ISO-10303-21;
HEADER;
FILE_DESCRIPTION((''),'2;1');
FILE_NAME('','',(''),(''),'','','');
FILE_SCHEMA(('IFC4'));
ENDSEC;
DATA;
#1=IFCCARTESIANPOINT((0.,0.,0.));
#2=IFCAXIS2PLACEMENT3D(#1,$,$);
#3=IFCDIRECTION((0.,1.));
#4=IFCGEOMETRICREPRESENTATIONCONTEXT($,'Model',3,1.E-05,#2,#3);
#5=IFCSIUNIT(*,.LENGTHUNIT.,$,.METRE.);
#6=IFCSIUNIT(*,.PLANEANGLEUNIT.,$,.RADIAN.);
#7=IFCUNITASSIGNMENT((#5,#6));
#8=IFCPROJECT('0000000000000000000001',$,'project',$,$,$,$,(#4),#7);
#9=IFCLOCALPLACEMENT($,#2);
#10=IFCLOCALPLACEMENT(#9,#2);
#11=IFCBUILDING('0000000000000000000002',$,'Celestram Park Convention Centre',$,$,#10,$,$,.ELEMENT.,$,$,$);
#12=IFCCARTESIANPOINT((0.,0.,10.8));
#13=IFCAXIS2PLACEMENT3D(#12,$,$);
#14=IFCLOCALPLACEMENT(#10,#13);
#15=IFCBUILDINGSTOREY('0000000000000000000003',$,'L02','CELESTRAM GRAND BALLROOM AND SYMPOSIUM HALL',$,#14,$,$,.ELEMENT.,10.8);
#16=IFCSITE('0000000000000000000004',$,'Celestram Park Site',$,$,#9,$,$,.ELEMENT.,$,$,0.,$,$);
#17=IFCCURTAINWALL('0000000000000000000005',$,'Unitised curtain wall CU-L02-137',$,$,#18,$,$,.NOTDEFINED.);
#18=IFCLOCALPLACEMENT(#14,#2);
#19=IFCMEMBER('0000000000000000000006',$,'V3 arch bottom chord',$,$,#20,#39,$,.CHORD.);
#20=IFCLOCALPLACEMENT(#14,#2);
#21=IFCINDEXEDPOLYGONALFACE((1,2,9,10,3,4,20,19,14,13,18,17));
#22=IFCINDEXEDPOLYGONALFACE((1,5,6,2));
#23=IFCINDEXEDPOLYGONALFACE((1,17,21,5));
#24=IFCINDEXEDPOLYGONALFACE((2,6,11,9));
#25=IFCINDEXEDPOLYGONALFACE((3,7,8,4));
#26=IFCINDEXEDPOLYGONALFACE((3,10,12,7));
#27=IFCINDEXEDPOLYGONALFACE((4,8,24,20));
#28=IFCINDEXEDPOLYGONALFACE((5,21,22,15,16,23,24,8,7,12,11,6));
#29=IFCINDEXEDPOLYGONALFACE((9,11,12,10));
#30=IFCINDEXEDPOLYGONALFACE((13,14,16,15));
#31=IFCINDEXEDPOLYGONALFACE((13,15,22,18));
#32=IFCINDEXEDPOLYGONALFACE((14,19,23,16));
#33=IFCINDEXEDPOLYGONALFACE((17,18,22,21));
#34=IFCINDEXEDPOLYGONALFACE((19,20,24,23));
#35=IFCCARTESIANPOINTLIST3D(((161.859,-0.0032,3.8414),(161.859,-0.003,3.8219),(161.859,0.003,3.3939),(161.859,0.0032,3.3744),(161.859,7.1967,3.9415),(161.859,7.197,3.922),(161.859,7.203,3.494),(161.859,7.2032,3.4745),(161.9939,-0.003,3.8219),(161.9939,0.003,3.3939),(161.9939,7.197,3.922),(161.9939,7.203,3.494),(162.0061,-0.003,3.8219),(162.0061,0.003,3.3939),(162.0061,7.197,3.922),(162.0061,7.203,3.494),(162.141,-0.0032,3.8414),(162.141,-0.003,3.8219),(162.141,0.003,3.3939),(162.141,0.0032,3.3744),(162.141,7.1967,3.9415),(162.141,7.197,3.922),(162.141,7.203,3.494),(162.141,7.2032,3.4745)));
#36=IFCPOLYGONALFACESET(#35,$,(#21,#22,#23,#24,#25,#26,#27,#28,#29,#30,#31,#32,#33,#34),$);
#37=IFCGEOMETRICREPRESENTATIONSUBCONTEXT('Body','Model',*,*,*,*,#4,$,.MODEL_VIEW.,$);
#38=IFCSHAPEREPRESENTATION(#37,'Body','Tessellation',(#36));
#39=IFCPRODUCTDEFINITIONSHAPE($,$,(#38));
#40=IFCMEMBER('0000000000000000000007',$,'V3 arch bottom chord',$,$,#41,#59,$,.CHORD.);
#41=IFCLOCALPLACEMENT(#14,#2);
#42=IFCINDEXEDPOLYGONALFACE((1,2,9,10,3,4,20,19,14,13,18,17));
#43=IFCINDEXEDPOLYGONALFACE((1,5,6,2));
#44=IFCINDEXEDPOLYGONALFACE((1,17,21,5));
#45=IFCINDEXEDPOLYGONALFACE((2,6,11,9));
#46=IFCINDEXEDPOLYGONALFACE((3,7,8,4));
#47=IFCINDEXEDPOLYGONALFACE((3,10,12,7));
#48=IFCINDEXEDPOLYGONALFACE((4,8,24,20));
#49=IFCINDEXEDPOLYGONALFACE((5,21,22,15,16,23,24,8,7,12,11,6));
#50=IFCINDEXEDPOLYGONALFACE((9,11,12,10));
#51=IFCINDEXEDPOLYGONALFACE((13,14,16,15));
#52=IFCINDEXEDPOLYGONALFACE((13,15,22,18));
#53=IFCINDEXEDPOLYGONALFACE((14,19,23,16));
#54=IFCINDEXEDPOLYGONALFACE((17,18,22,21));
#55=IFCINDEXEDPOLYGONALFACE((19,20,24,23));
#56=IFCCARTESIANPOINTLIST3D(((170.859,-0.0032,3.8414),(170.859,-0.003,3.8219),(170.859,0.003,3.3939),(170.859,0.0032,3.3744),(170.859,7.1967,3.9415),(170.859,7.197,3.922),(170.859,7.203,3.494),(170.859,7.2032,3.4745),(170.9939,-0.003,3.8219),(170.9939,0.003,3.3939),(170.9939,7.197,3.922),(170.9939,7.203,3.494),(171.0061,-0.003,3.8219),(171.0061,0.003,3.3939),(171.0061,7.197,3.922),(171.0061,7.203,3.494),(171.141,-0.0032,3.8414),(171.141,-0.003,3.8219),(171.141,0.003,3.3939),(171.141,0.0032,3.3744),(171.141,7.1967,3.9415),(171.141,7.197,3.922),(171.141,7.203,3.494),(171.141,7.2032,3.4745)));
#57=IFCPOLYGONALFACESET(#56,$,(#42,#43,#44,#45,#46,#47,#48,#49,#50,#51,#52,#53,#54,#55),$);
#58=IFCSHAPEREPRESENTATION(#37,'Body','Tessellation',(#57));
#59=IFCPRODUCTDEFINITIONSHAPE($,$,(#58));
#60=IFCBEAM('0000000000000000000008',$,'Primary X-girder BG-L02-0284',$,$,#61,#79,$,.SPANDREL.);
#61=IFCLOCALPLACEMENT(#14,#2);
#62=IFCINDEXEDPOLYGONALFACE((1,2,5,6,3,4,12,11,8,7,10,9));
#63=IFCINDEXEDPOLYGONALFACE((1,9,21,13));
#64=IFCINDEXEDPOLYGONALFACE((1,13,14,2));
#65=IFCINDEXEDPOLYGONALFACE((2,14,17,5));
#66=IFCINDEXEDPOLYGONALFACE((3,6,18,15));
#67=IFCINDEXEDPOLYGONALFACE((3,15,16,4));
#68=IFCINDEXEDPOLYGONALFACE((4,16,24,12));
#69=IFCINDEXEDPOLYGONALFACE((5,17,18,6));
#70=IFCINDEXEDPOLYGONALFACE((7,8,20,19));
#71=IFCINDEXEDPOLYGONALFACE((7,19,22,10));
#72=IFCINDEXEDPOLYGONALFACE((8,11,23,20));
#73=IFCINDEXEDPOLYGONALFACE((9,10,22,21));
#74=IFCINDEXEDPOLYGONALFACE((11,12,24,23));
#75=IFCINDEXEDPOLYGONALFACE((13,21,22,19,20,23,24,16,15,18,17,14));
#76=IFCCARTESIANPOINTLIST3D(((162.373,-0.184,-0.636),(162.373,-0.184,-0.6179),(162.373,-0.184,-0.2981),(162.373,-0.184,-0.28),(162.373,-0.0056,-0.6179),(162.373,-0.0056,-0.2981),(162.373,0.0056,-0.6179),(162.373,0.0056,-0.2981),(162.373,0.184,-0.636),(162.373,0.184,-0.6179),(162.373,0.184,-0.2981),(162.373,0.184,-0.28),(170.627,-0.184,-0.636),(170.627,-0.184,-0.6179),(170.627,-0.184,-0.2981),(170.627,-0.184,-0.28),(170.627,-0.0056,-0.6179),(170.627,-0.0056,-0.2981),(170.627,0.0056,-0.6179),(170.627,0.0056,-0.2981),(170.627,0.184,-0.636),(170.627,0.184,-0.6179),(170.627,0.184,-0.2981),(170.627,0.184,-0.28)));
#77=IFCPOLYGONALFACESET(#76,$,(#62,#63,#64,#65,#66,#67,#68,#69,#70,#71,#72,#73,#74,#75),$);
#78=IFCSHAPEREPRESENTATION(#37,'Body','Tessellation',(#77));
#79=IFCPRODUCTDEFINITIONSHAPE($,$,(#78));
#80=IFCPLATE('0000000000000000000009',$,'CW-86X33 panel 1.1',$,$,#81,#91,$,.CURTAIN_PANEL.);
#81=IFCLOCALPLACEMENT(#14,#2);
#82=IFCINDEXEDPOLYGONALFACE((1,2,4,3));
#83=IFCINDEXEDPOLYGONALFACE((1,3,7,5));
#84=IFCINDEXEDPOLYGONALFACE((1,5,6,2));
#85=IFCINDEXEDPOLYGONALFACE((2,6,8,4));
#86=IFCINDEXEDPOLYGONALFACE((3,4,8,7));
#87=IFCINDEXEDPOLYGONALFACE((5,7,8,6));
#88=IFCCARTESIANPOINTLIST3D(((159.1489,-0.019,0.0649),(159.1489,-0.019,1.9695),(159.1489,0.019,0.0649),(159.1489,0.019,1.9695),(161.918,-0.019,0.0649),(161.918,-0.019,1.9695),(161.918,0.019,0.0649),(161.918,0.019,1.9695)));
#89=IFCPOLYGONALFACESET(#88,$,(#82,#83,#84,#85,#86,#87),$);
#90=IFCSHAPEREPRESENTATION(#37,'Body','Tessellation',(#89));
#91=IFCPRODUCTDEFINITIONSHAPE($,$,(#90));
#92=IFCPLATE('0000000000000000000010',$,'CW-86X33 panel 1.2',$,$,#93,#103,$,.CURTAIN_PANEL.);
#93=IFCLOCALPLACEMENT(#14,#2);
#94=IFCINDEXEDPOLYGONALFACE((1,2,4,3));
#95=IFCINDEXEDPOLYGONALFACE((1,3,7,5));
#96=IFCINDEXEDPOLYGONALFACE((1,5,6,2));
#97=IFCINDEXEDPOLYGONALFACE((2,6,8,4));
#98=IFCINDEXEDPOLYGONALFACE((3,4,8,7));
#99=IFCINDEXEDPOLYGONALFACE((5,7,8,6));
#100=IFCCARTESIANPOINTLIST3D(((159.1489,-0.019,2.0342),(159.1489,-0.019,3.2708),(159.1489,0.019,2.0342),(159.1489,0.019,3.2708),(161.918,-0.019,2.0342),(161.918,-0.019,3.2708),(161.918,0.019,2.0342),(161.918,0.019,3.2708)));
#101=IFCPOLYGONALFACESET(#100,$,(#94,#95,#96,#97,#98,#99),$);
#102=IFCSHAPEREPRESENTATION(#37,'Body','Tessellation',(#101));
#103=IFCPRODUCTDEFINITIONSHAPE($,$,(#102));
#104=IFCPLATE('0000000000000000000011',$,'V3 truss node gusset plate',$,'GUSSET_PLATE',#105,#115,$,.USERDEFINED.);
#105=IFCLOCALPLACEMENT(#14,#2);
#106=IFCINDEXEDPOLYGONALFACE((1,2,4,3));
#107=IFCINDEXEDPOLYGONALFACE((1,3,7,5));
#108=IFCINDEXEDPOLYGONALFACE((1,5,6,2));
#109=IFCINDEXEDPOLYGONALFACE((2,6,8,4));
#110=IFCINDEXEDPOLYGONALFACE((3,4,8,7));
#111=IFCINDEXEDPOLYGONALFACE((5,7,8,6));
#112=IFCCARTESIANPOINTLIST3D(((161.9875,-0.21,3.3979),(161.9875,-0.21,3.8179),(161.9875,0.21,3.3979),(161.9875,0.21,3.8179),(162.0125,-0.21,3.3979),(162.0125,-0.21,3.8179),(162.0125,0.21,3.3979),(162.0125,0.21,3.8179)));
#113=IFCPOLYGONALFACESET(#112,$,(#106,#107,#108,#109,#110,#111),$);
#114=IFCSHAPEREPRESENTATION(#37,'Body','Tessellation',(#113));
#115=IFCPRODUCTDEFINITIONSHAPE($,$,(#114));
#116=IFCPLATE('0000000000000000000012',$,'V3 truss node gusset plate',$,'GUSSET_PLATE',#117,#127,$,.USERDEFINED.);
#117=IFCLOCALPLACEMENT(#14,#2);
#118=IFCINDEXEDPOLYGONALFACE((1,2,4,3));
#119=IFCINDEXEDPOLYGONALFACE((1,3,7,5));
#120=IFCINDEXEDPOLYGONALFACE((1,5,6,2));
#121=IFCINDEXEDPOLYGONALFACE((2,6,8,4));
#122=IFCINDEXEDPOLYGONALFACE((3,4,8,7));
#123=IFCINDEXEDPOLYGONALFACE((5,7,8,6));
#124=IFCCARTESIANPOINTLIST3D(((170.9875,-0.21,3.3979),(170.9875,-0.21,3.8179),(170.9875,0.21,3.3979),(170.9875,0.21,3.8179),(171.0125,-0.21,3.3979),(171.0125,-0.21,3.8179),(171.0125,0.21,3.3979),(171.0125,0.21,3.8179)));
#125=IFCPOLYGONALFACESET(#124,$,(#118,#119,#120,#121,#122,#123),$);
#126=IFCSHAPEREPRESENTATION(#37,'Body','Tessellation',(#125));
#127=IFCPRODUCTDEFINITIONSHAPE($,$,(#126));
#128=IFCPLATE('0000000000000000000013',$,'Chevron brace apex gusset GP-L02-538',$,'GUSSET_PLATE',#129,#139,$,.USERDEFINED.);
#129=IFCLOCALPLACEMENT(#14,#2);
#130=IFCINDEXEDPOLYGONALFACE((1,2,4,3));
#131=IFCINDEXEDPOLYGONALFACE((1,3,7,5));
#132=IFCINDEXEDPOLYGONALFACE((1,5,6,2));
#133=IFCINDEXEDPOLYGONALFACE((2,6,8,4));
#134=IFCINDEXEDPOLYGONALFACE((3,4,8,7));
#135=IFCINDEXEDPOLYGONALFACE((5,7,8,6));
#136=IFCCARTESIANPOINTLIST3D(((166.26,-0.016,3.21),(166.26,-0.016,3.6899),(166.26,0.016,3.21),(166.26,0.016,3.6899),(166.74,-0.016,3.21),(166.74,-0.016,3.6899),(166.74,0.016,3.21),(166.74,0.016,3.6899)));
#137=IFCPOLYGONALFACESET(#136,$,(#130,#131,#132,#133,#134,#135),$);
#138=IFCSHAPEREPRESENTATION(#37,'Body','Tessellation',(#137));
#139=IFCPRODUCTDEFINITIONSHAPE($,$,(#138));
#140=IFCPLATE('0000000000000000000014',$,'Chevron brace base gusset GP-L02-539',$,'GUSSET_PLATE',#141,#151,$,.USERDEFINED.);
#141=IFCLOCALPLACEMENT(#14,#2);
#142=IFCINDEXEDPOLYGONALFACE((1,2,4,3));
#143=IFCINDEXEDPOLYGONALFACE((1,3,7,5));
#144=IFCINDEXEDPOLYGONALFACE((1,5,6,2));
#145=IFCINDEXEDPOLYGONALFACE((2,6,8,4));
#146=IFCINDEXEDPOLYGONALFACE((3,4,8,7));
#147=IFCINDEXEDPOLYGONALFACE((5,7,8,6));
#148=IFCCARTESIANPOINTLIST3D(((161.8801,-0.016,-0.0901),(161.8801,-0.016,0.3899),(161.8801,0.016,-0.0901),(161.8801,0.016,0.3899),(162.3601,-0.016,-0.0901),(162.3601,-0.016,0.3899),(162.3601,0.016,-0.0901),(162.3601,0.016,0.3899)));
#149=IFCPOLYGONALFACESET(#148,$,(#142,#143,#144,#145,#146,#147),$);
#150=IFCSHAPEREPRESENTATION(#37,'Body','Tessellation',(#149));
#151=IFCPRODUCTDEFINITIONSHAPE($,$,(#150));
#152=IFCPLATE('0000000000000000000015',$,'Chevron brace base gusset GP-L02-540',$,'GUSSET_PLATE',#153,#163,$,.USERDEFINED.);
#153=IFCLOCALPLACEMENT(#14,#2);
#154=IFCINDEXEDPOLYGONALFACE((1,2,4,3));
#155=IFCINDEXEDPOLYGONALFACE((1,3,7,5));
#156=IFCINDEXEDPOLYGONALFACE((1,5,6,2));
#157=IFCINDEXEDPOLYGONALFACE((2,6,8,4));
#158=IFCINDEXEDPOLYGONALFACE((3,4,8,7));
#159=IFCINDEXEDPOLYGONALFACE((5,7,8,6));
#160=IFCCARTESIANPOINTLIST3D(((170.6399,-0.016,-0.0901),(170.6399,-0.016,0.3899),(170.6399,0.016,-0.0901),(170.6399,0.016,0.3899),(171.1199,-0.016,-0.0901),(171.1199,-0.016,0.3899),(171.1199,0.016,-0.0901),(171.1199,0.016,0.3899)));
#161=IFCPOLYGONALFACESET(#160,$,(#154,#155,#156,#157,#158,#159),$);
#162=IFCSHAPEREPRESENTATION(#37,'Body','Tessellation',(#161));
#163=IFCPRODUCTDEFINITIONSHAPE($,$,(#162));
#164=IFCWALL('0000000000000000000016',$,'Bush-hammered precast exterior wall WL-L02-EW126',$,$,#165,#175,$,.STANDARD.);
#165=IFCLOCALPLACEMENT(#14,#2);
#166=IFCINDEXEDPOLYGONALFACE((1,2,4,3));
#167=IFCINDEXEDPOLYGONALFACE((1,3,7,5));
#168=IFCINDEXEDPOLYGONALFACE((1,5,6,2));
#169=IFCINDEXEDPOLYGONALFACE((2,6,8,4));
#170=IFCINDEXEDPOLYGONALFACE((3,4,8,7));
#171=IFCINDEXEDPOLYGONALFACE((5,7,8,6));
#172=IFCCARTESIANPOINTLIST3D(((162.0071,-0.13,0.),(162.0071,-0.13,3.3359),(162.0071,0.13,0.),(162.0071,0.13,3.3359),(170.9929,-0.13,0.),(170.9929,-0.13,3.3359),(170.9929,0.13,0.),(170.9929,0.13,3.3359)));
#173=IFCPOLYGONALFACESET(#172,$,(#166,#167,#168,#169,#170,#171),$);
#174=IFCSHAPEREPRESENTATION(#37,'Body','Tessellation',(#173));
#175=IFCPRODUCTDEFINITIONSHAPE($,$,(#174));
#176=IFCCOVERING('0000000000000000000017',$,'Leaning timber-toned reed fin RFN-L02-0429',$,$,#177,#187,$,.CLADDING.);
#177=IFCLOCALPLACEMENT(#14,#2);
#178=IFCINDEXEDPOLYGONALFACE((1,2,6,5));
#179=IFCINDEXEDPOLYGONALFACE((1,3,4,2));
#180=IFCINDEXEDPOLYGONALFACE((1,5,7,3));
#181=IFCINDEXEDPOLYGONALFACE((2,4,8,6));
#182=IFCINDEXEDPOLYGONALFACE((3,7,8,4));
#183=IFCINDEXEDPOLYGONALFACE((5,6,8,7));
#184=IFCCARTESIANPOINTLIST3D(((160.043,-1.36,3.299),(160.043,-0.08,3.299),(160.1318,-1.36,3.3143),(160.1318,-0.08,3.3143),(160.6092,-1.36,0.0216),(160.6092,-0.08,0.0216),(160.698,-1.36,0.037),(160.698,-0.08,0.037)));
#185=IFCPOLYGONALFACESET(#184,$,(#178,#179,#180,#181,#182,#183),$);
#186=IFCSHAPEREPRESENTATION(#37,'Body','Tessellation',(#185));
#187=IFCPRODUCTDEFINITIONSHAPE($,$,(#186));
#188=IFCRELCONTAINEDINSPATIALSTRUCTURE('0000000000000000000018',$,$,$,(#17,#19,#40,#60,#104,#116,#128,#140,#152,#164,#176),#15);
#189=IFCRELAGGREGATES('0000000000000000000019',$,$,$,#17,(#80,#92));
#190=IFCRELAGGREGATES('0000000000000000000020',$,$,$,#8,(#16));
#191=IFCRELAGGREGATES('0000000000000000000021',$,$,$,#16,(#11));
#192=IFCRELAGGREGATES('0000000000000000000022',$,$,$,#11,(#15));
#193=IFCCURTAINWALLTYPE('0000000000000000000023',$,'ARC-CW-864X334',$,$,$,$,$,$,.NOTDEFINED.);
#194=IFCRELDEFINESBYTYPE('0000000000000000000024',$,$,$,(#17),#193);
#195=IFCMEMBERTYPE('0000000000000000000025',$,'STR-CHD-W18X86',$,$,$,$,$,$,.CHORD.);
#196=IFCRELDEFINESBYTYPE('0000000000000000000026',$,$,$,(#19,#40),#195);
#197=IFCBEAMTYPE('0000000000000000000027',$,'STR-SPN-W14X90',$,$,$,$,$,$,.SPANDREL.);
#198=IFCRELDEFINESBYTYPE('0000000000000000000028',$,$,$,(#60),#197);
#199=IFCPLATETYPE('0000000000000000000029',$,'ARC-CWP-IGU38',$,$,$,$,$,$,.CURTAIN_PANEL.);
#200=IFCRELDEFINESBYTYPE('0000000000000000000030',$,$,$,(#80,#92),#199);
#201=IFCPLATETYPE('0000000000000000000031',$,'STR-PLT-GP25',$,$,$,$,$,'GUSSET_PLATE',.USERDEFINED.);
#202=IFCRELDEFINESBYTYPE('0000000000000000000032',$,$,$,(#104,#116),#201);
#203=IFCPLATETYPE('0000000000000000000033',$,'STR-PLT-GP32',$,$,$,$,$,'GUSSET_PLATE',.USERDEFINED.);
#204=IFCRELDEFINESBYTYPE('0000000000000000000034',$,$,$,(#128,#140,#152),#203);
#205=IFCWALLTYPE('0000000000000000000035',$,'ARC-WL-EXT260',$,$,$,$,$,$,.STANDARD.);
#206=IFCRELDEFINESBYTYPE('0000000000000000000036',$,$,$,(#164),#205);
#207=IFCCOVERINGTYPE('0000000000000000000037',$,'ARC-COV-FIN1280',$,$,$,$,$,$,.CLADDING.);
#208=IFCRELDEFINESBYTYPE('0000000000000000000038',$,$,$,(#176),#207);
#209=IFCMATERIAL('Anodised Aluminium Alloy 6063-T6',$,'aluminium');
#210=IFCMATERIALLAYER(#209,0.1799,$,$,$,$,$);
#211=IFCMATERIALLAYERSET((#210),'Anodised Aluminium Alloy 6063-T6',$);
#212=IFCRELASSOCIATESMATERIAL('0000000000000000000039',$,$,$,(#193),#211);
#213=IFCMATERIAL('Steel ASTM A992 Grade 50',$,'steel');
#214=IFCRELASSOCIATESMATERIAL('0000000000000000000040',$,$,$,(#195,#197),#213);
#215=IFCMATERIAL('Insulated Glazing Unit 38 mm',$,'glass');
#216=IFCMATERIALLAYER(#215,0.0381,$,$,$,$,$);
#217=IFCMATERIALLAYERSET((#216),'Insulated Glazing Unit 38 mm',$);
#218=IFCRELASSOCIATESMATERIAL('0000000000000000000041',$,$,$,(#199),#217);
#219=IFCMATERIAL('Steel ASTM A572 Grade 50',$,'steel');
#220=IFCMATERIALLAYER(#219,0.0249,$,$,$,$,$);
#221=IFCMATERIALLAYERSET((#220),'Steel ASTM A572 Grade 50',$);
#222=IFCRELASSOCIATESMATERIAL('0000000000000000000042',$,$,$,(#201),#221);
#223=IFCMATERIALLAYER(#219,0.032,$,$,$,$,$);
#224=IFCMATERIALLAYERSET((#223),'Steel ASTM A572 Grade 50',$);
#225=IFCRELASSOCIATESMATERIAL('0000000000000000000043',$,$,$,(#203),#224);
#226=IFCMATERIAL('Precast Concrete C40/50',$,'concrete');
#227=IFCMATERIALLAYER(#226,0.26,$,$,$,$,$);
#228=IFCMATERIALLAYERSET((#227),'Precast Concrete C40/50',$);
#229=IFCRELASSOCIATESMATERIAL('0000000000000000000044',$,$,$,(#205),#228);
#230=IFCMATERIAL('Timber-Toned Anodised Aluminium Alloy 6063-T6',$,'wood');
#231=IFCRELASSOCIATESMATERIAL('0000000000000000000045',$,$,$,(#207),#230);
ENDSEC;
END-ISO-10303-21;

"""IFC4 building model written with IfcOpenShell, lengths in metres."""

from ifc_helpers import new_model, si_unit, direction, frame, frame_2d, origin, origin_2d, place, context, subcontext, project, spatial, rectangle, i_section, extrude, material, layer, layer_set, material_profile, profile_set, type_object, element, aggregate, save


model = new_model("IFC4")

# Units and contexts
model_context = context("Model", 3, precision=1e-05, world=origin(), true_north=direction((0.0, 1.0)))
body_context = subcontext(model_context, "Body", "Model", "MODEL_VIEW")
ifc_project = project(units=[si_unit("LENGTHUNIT", "METRE"), si_unit("PLANEANGLEUNIT", "RADIAN")], contexts=[model_context])

# Site, building, storey
site_placement = place(None, origin())
site = spatial("IfcSite", under=ifc_project, at=site_placement, Name="Celestram Park Site", CompositionType="ELEMENT", RefElevation=0.0)
building_placement = place(site_placement, origin())
building = spatial("IfcBuilding", under=site, at=building_placement, Name="Celestram Park Convention Centre", CompositionType="ELEMENT")
storey_placement = place(building_placement, frame((0.0, 0.0, 10.8)))
storey = spatial("IfcBuildingStorey", under=building, at=storey_placement, Name="L02", Description="CELESTRAM GRAND BALLROOM AND SYMPOSIUM HALL", CompositionType="ELEMENT", Elevation=10.8)

# Shared definitions
ifc_material_1 = material(Name="Steel ASTM A992 Grade 50", Category="steel")

# Curtain wall
ifc_material_2 = material(Name="Anodised Aluminium Alloy 6063-T6", Category="aluminium")
ifc_layer_1 = layer(ifc_material_2, 0.1799)
ifc_layer_set_1 = layer_set([ifc_layer_1], Name="Anodised Aluminium Alloy 6063-T6")
curtain_wall_type = type_object("IfcCurtainWallType", Name="ARC-CW-864X334", PredefinedType="NOTDEFINED", material=ifc_layer_set_1)
curtain_wall_placement = place(storey_placement, origin())
curtain_wall = element("IfcCurtainWall", 1, at=curtain_wall_placement, inside=storey, type_object=curtain_wall_type, Name="Unitised curtain wall CU-L02-137", PredefinedType="NOTDEFINED")

# Members
ifc_material_profile_1 = material_profile(ifc_material_1, i_section(OverallWidth=0.282, OverallDepth=0.467, WebThickness=0.0122, FlangeThickness=0.0195, at=origin_2d()), Name="W18X86")
ifc_profile_set_1 = profile_set([ifc_material_profile_1], Name="Steel ASTM A992 Grade 50")
member_type_1 = type_object("IfcMemberType", Name="STR-CHD-W18X86", PredefinedType="CHORD", material=ifc_profile_set_1)
for number, where, z_axis, x_axis, name in (
    (2, (162.0, 0.0, 3.6079), (0.0, 0.999903, 0.013901), (-1.0, 0.0, 0.0), "V3 arch bottom chord"),
    (3, (171.0, 0.0, 3.6079), (0.0, 0.999903, 0.013901), (-1.0, 0.0, 0.0), "V3 arch bottom chord"),
):
    element("IfcMember", number, at=place(storey_placement, frame(where, z_axis=z_axis, x_axis=x_axis)), inside=storey, type_object=member_type_1, Name=name, PredefinedType="CHORD", context=body_context, shape_type="SweptSolid", body=[
        extrude(i_section(OverallWidth=0.282, OverallDepth=0.467, WebThickness=0.0122, FlangeThickness=0.0195, at=origin_2d()), origin(), (0.0, 0.0, 1.0), 7.2007),
    ])

# Beam
ifc_material_profile_2 = material_profile(ifc_material_1, i_section(OverallWidth=0.3679, OverallDepth=0.356, WebThickness=0.0112, FlangeThickness=0.0181, at=origin_2d()), Name="W14X90")
ifc_profile_set_2 = profile_set([ifc_material_profile_2], Name="Steel ASTM A992 Grade 50")
beam_type_1 = type_object("IfcBeamType", Name="STR-SPN-W14X90", PredefinedType="SPANDREL", material=ifc_profile_set_2)
beam_1_placement = place(storey_placement, frame((162.373, 0.0, -0.458), z_axis=(1.0, 0.0, 0.0), x_axis=(0.0, 1.0, 0.0)))
element("IfcBeam", 4, at=beam_1_placement, inside=storey, type_object=beam_type_1, Name="Primary X-girder BG-L02-0284", PredefinedType="SPANDREL", context=body_context, shape_type="SweptSolid", body=[
    extrude(i_section(OverallWidth=0.3679, OverallDepth=0.356, WebThickness=0.0112, FlangeThickness=0.0181, at=origin_2d()), origin(), (0.0, 0.0, 1.0), 8.2539),
])

# Plates
ifc_material_3 = material(Name="Insulated Glazing Unit 38 mm", Category="glass")
ifc_layer_2 = layer(ifc_material_3, 0.0381)
ifc_layer_set_2 = layer_set([ifc_layer_2], Name="Insulated Glazing Unit 38 mm")
plate_type_1 = type_object("IfcPlateType", Name="ARC-CWP-IGU38", PredefinedType="CURTAIN_PANEL", material=ifc_layer_set_2)
plate_1_placement = place(storey_placement, frame((160.5334, 0.0, 0.0649), z_axis=(0.0, 0.0, 1.0), x_axis=(-1.0, 0.0, 0.0)))
plate_1 = element("IfcPlate", 5, at=plate_1_placement, type_object=plate_type_1, Name="CW-86X33 panel 1.1", PredefinedType="CURTAIN_PANEL", context=body_context, shape_type="SweptSolid", body=[
    extrude(rectangle(XDim=2.769, YDim=0.0381, at=origin_2d()), origin(), (0.0, 0.0, 1.0), 1.9045),
])
plate_2_placement = place(storey_placement, frame((160.5334, 0.0, 2.0342), z_axis=(0.0, 0.0, 1.0), x_axis=(-1.0, 0.0, 0.0)))
plate_2 = element("IfcPlate", 6, at=plate_2_placement, type_object=plate_type_1, Name="CW-86X33 panel 1.2", PredefinedType="CURTAIN_PANEL", context=body_context, shape_type="SweptSolid", body=[
    extrude(rectangle(XDim=2.769, YDim=0.0381, at=origin_2d()), origin(), (0.0, 0.0, 1.0), 1.2366),
])
aggregate(curtain_wall, [plate_1, plate_2])

# Plates
ifc_material_4 = material(Name="Steel ASTM A572 Grade 50", Category="steel")
ifc_layer_3 = layer(ifc_material_4, 0.0249)
ifc_layer_set_3 = layer_set([ifc_layer_3], Name="Steel ASTM A572 Grade 50")
plate_type_2 = type_object("IfcPlateType", Name="STR-PLT-GP25", ElementType="GUSSET_PLATE", PredefinedType="USERDEFINED", material=ifc_layer_set_3)
for number, where, z_axis, x_axis, name in (
    (7, (162.0, 0.0, 3.3979), (0.0, 0.0, 1.0), (0.0, 1.0, 0.0), "V3 truss node gusset plate"),
    (8, (171.0, 0.0, 3.3979), (0.0, 0.0, 1.0), (0.0, 1.0, 0.0), "V3 truss node gusset plate"),
):
    element("IfcPlate", number, at=place(storey_placement, frame(where, z_axis=z_axis, x_axis=x_axis)), inside=storey, type_object=plate_type_2, Name=name, ObjectType="GUSSET_PLATE", PredefinedType="USERDEFINED", context=body_context, shape_type="SweptSolid", body=[
        extrude(rectangle(XDim=0.4199, YDim=0.0249, at=origin_2d()), origin(), (0.0, 0.0, 1.0), 0.4199),
    ])
ifc_layer_4 = layer(ifc_material_4, 0.032)
ifc_layer_set_4 = layer_set([ifc_layer_4], Name="Steel ASTM A572 Grade 50")
plate_type_3 = type_object("IfcPlateType", Name="STR-PLT-GP32", ElementType="GUSSET_PLATE", PredefinedType="USERDEFINED", material=ifc_layer_set_4)
for number, where, z_axis, x_axis, name in (
    (9, (166.5, 0.0, 3.21), (0.0, 0.0, 1.0), (1.0, 0.0, 0.0), "Chevron brace apex gusset GP-L02-538"),
    (10, (162.1201, 0.0, -0.0901), (0.0, 0.0, 1.0), (1.0, 0.0, 0.0), "Chevron brace base gusset GP-L02-539"),
    (11, (170.8799, 0.0, -0.0901), (0.0, 0.0, 1.0), (1.0, 0.0, 0.0), "Chevron brace base gusset GP-L02-540"),
):
    element("IfcPlate", number, at=place(storey_placement, frame(where, z_axis=z_axis, x_axis=x_axis)), inside=storey, type_object=plate_type_3, Name=name, ObjectType="GUSSET_PLATE", PredefinedType="USERDEFINED", context=body_context, shape_type="SweptSolid", body=[
        extrude(rectangle(XDim=0.48, YDim=0.032, at=origin_2d()), origin(), (0.0, 0.0, 1.0), 0.48),
    ])

# Wall
ifc_material_5 = material(Name="Precast Concrete C40/50", Category="concrete")
ifc_layer_5 = layer(ifc_material_5, 0.26)
ifc_layer_set_5 = layer_set([ifc_layer_5], Name="Precast Concrete C40/50")
wall_type = type_object("IfcWallType", Name="ARC-WL-EXT260", PredefinedType="STANDARD", material=ifc_layer_set_5)
wall_placement = place(storey_placement, frame((170.9929, 0.0, 0.0), z_axis=(0.0, 0.0, 1.0), x_axis=(-1.0, 0.0, 0.0)))
element("IfcWall", 12, at=wall_placement, inside=storey, type_object=wall_type, Name="Bush-hammered precast exterior wall WL-L02-EW126", PredefinedType="STANDARD", context=body_context, shape_type="SweptSolid", body=[
    extrude(rectangle(XDim=8.9858, YDim=0.26, at=frame_2d((4.4929, 0.0))), origin(), (0.0, 0.0, 1.0), 3.3359),
])

# Covering
ifc_material_6 = material(Name="Timber-Toned Anodised Aluminium Alloy 6063-T6", Category="wood")
ifc_material_profile_3 = material_profile(ifc_material_6, rectangle(XDim=1.28, YDim=0.0901, at=origin_2d()), Name="REED1280X90")
ifc_profile_set_3 = profile_set([ifc_material_profile_3], Name="Timber-Toned Anodised Aluminium Alloy 6063-T6")
covering_type = type_object("IfcCoveringType", Name="ARC-COV-FIN1280", PredefinedType="CLADDING", material=ifc_profile_set_3)
covering_placement = place(storey_placement, frame((160.6536, -0.72, 0.0293), z_axis=(-0.170229, 0.0, 0.985405), x_axis=(0.0, -1.0, 0.0)))
element("IfcCovering", 13, at=covering_placement, inside=storey, type_object=covering_type, Name="Leaning timber-toned reed fin RFN-L02-0429", PredefinedType="CLADDING", context=body_context, shape_type="SweptSolid", body=[
    extrude(rectangle(XDim=1.28, YDim=0.0901, at=origin_2d()), origin(), (0.0, 0.0, 1.0), 3.3259),
])

save(model, "model.ifc")
